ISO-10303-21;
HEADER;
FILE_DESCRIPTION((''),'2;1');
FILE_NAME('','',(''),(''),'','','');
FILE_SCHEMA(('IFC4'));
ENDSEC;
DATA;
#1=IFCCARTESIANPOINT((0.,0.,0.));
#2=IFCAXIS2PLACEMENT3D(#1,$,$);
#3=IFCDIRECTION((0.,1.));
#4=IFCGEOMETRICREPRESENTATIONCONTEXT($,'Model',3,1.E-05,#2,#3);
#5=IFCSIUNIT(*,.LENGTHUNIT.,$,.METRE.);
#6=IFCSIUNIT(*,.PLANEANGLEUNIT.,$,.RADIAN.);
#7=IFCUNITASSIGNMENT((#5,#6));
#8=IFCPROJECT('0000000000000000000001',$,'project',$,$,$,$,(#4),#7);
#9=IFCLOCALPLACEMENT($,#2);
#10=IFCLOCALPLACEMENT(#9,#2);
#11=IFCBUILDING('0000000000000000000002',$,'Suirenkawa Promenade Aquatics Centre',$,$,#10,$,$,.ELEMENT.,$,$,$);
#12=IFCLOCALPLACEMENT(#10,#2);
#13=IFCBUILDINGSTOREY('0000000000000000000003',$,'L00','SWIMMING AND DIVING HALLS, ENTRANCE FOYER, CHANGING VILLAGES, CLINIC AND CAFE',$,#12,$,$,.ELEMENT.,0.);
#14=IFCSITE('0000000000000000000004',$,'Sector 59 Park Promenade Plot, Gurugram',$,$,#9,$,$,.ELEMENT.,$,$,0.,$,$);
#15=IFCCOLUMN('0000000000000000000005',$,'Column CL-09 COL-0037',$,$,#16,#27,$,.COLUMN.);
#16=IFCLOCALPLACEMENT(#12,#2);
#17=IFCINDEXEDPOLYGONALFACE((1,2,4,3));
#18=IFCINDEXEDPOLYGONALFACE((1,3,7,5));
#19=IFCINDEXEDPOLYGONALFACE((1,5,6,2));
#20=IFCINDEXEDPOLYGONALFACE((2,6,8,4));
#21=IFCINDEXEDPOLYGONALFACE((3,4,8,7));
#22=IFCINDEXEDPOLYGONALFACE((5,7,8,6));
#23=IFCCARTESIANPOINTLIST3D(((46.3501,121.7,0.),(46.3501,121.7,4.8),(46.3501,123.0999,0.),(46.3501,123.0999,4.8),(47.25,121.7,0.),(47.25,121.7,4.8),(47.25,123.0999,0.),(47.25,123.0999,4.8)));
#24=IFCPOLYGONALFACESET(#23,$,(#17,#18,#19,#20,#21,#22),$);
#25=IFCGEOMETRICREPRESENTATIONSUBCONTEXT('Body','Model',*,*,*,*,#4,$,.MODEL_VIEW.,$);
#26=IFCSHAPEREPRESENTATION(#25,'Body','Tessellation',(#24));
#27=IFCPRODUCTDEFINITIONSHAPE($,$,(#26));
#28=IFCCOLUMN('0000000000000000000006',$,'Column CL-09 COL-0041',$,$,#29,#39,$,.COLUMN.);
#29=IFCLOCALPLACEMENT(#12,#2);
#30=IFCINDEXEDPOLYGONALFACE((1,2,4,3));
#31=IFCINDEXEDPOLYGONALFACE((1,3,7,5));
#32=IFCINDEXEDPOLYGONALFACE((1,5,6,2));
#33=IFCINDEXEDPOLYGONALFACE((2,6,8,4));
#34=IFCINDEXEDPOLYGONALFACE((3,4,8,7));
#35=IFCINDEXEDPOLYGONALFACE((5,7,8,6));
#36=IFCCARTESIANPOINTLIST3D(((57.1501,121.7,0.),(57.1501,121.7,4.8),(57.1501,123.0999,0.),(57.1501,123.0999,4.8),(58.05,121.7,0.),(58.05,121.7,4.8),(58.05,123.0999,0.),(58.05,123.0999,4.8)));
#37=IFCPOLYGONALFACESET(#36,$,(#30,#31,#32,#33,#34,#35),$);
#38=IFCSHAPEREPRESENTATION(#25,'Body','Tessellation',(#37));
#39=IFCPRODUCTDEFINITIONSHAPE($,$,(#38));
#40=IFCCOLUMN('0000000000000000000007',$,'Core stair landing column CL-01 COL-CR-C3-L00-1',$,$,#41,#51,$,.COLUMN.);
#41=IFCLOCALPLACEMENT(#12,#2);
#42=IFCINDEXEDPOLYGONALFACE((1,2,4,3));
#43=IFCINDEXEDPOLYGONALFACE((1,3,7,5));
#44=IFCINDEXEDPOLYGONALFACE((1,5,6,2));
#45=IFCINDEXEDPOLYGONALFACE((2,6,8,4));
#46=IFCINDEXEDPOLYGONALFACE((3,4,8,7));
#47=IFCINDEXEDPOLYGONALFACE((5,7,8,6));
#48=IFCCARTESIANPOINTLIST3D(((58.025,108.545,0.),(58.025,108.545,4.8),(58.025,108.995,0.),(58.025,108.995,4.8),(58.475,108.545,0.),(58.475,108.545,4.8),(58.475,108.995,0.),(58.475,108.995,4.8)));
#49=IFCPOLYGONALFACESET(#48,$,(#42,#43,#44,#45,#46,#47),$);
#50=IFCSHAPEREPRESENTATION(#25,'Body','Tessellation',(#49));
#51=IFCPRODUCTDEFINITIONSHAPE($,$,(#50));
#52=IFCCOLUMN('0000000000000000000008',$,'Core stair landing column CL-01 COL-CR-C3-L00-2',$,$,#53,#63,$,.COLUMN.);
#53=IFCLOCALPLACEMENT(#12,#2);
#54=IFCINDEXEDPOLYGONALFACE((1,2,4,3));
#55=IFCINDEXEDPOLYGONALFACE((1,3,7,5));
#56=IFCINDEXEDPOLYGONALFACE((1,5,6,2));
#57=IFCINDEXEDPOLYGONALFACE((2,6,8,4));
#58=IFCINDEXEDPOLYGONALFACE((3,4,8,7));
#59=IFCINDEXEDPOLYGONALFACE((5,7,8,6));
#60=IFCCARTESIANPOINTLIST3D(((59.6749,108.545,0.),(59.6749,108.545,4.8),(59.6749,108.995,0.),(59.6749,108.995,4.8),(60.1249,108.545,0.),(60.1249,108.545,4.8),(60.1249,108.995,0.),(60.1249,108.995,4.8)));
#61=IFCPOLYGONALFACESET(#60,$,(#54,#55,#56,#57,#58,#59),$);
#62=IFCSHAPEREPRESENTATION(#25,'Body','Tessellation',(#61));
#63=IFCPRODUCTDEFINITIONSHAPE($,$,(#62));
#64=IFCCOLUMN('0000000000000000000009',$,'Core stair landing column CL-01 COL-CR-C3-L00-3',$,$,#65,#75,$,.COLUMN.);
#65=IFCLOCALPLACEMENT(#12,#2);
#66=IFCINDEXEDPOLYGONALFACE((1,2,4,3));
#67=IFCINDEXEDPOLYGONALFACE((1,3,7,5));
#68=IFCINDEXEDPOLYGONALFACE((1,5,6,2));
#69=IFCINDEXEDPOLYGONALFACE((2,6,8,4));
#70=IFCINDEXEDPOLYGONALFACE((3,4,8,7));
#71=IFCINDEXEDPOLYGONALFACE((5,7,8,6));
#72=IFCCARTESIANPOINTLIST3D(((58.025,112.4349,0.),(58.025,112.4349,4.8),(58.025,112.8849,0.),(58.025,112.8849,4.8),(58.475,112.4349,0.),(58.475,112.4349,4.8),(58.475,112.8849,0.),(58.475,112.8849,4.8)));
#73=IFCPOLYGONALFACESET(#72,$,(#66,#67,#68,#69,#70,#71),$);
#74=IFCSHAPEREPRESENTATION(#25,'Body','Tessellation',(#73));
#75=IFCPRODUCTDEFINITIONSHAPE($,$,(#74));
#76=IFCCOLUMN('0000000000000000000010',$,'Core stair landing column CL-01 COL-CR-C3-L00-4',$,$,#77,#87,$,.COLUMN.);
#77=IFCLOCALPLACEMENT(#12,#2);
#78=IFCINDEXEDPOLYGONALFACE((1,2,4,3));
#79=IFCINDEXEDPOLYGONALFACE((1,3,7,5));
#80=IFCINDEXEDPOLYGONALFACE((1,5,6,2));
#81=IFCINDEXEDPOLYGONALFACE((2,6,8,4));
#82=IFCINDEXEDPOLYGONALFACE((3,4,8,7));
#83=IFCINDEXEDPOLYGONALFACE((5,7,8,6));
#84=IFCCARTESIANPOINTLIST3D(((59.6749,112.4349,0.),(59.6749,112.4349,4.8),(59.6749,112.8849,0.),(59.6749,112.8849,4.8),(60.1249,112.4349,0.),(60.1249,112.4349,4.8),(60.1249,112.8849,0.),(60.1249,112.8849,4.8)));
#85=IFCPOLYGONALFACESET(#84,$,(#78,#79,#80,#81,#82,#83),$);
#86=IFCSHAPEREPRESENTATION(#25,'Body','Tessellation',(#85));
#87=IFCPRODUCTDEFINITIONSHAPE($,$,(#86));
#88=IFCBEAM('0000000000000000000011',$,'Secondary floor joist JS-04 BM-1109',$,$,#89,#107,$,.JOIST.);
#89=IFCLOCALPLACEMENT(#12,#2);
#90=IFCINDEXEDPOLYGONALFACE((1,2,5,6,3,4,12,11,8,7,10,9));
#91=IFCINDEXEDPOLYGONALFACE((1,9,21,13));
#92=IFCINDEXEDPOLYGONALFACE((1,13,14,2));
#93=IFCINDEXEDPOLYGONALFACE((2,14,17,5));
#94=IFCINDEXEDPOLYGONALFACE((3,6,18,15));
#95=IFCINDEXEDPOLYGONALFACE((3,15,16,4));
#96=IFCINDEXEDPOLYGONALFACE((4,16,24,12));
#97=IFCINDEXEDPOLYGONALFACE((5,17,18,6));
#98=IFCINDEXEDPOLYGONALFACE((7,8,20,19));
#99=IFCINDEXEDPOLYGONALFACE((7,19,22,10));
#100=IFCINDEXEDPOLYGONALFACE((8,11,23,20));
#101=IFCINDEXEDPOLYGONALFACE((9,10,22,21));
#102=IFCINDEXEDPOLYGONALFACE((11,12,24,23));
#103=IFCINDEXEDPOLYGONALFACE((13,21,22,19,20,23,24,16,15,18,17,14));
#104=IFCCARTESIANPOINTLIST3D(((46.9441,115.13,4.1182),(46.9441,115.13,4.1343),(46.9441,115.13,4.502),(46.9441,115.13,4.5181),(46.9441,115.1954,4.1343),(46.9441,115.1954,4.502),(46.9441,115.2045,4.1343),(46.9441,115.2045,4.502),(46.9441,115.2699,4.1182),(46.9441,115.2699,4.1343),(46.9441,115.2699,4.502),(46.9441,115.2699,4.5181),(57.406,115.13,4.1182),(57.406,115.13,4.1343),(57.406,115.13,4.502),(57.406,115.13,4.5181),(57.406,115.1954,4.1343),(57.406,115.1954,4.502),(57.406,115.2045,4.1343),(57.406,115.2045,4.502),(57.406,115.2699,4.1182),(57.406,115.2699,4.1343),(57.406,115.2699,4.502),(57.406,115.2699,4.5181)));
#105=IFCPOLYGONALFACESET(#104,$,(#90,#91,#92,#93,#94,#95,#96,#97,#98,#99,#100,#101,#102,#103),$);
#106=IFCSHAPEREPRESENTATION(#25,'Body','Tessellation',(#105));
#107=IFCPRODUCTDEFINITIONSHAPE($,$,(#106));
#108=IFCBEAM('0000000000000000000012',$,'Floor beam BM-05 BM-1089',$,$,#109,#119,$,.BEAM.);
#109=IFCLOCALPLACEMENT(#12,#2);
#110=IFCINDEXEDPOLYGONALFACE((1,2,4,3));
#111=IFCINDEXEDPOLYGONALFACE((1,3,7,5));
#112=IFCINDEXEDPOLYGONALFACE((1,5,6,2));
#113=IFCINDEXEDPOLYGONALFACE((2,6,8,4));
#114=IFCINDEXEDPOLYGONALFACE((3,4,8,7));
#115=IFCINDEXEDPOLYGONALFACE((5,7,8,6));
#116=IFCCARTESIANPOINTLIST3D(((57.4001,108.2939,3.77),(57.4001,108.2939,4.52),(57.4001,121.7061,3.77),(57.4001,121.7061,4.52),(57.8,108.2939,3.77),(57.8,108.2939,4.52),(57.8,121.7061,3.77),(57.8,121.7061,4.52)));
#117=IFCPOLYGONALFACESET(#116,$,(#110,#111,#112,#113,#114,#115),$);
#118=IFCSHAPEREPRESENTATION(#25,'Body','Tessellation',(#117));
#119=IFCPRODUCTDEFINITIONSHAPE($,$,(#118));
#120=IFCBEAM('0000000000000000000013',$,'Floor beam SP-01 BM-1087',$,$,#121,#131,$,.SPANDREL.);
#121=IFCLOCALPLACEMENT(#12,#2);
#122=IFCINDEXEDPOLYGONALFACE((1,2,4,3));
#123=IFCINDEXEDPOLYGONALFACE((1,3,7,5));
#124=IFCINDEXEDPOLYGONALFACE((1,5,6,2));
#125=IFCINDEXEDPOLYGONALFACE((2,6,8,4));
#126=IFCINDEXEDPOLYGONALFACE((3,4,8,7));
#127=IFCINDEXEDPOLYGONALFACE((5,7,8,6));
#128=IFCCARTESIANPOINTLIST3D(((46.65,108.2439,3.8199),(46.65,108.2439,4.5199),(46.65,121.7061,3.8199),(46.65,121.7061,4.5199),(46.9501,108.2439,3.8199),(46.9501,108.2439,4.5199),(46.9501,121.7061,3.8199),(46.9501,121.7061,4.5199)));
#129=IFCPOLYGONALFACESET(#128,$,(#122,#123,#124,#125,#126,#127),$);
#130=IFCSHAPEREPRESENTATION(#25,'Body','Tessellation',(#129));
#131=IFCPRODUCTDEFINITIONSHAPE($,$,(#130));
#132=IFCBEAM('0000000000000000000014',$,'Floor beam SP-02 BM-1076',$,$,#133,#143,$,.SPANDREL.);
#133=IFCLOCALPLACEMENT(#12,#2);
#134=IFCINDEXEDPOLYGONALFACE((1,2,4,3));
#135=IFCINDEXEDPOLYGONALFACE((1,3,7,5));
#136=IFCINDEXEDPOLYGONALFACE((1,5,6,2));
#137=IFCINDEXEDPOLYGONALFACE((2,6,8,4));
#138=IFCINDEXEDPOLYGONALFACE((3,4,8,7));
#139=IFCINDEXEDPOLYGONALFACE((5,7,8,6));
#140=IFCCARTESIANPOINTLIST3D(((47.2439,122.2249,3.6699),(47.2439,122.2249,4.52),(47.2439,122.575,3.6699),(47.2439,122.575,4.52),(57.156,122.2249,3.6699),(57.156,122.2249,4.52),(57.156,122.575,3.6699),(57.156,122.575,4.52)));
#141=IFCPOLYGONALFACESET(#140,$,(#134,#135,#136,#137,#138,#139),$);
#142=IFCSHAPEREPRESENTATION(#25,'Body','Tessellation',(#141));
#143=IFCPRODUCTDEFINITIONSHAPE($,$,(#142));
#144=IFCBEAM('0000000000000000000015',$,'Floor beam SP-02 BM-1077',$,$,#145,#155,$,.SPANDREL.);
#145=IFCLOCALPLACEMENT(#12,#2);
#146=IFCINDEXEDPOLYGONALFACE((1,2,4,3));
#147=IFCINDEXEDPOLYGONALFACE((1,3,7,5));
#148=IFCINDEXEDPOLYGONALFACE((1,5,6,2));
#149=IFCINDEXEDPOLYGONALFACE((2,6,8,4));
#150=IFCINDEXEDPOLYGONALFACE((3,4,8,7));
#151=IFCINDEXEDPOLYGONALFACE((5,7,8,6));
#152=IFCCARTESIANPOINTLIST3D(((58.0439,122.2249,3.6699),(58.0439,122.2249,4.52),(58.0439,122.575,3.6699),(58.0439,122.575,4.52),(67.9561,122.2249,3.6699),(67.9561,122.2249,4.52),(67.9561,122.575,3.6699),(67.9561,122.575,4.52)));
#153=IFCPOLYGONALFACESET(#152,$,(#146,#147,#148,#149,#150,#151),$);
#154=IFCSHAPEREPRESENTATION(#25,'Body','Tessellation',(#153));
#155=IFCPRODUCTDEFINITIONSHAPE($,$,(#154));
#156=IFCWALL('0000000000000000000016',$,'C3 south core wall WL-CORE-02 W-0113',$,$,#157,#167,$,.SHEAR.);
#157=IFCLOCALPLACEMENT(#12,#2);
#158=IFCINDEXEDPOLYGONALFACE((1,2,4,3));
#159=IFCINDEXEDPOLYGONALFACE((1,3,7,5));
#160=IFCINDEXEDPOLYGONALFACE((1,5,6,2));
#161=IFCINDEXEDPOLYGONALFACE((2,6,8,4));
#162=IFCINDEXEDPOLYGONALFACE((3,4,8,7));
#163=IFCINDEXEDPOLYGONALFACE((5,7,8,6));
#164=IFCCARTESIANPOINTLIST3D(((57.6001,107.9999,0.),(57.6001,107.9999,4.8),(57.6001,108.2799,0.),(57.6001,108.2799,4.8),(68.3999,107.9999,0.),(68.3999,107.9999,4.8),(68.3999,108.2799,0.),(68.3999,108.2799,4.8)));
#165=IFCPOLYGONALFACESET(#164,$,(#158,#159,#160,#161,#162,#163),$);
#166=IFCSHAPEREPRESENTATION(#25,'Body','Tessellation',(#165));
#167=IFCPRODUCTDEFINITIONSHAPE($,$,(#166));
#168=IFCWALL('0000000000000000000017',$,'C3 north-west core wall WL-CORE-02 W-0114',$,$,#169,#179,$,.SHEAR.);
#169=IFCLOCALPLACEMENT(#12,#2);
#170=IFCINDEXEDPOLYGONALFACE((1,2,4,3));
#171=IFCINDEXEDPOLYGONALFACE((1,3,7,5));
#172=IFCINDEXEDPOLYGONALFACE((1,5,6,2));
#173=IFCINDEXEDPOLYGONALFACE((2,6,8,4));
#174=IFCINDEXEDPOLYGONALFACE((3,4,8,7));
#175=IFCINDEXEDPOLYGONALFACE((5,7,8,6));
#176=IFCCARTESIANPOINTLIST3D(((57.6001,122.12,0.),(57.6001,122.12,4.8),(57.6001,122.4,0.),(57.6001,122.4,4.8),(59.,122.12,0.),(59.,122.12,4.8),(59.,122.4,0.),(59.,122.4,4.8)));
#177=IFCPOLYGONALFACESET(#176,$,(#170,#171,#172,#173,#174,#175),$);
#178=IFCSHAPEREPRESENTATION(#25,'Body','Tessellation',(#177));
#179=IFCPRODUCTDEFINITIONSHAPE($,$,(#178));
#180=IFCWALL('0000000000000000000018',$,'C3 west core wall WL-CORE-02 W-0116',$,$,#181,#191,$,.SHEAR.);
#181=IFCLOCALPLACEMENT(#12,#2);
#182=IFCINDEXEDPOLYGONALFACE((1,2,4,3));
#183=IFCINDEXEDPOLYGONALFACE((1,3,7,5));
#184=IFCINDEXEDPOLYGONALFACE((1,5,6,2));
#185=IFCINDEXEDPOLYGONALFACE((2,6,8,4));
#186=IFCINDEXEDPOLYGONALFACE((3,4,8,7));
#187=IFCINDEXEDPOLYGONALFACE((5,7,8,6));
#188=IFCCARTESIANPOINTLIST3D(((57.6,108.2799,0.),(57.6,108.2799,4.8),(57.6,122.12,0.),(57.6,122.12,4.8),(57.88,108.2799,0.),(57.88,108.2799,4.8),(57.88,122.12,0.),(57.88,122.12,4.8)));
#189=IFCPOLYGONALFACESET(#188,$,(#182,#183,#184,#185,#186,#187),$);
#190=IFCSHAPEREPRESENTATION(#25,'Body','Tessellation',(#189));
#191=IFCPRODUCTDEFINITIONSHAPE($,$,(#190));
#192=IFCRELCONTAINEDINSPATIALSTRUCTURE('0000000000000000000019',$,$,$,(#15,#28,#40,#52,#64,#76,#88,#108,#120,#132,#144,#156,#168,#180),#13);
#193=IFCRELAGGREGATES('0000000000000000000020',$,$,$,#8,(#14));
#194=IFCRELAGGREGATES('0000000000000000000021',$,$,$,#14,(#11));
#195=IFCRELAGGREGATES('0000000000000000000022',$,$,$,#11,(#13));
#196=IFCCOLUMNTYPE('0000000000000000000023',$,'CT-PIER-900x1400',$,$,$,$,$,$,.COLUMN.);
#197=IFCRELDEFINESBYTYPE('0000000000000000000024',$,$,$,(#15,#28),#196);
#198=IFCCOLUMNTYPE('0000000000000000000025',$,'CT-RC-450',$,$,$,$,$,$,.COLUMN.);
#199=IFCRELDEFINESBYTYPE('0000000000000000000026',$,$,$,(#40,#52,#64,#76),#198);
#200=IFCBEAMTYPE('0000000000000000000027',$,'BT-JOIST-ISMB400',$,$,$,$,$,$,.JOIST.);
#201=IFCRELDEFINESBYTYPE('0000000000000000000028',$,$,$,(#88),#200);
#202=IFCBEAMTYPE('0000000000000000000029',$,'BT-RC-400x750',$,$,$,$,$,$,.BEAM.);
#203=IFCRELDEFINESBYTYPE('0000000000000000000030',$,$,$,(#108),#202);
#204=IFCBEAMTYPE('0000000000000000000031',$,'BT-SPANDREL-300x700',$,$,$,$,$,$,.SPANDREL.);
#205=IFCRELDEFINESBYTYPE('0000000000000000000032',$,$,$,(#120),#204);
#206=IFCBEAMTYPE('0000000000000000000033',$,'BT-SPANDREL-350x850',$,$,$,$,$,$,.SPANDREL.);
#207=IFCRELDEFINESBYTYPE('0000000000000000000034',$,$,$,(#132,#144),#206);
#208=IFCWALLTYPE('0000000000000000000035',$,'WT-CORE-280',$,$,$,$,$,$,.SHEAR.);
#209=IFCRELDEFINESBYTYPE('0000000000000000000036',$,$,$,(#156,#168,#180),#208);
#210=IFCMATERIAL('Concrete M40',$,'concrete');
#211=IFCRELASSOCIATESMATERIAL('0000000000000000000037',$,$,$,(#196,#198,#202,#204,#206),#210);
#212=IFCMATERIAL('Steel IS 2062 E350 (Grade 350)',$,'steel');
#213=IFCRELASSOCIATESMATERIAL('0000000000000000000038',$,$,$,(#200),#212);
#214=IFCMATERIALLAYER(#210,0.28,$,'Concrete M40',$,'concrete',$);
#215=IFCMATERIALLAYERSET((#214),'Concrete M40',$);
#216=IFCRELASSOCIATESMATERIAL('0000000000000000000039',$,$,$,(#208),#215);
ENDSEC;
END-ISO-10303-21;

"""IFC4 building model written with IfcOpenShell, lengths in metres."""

from ifc_helpers import new_model, si_unit, direction, frame, frame_2d, origin, origin_2d, place, context, subcontext, project, spatial, rectangle, i_section, extrude, material, layer, layer_set, material_profile, profile_set, type_object, element, save


model = new_model("IFC4")

# Units and contexts
model_context = context("Model", 3, precision=1e-05, world=origin(), true_north=direction((0.0, 1.0)))
body_context = subcontext(model_context, "Body", "Model", "MODEL_VIEW")
ifc_project = project(units=[si_unit("LENGTHUNIT", "METRE"), si_unit("PLANEANGLEUNIT", "RADIAN")], contexts=[model_context])

# Site, building, storey
site_placement = place(None, origin())
site = spatial("IfcSite", under=ifc_project, at=site_placement, Name="Sector 59 Park Promenade Plot, Gurugram", CompositionType="ELEMENT", RefElevation=0.0)
building_placement = place(site_placement, origin())
building = spatial("IfcBuilding", under=site, at=building_placement, Name="Suirenkawa Promenade Aquatics Centre", CompositionType="ELEMENT")
storey_placement = place(building_placement, origin())
storey = spatial("IfcBuildingStorey", under=building, at=storey_placement, Name="L00", Description="SWIMMING AND DIVING HALLS, ENTRANCE FOYER, CHANGING VILLAGES, CLINIC AND CAFE", CompositionType="ELEMENT", Elevation=0.0)

# Columns
ifc_material_1 = material(Name="Concrete M40", Category="concrete")
ifc_material_profile_1 = material_profile(ifc_material_1, rectangle(XDim=0.8999, YDim=1.3999, at=origin_2d()), Name="RC PIER 900x1400", Category="concrete")
ifc_profile_set_1 = profile_set([ifc_material_profile_1], Name="Concrete M40")
column_type_1 = type_object("IfcColumnType", Name="CT-PIER-900x1400", PredefinedType="COLUMN", material=ifc_profile_set_1)
for number, where, z_axis, x_axis, name in (
    (1, (46.8, 122.3999, 0.0), (0.0, 0.0, 1.0), (1.0, 0.0, 0.0), "Column CL-09 COL-0037"),
    (2, (57.6001, 122.3999, 0.0), (0.0, 0.0, 1.0), (1.0, 0.0, 0.0), "Column CL-09 COL-0041"),
):
    element("IfcColumn", number, at=place(storey_placement, frame(where, z_axis=z_axis, x_axis=x_axis)), inside=storey, type_object=column_type_1, Name=name, PredefinedType="COLUMN", context=body_context, shape_type="SweptSolid", body=[
        extrude(rectangle(XDim=0.8999, YDim=1.3999, at=origin_2d()), origin(), (0.0, 0.0, 1.0), 4.8),
    ])
ifc_material_profile_2 = material_profile(ifc_material_1, rectangle(XDim=0.45, YDim=0.45, at=origin_2d()), Name="RC COL 450x450", Category="concrete")
ifc_profile_set_2 = profile_set([ifc_material_profile_2], Name="Concrete M40")
column_type_2 = type_object("IfcColumnType", Name="CT-RC-450", PredefinedType="COLUMN", material=ifc_profile_set_2)
for number, where, z_axis, x_axis, name in (
    (3, (58.25, 108.77, 0.0), (0.0, 0.0, 1.0), (1.0, 0.0, 0.0), "Core stair landing column CL-01 COL-CR-C3-L00-1"),
    (4, (59.8999, 108.77, 0.0), (0.0, 0.0, 1.0), (1.0, 0.0, 0.0), "Core stair landing column CL-01 COL-CR-C3-L00-2"),
    (5, (58.25, 112.6599, 0.0), (0.0, 0.0, 1.0), (1.0, 0.0, 0.0), "Core stair landing column CL-01 COL-CR-C3-L00-3"),
    (6, (59.8999, 112.6599, 0.0), (0.0, 0.0, 1.0), (1.0, 0.0, 0.0), "Core stair landing column CL-01 COL-CR-C3-L00-4"),
):
    element("IfcColumn", number, at=place(storey_placement, frame(where, z_axis=z_axis, x_axis=x_axis)), inside=storey, type_object=column_type_2, Name=name, PredefinedType="COLUMN", context=body_context, shape_type="SweptSolid", body=[
        extrude(rectangle(XDim=0.45, YDim=0.45, at=origin_2d()), origin(), (0.0, 0.0, 1.0), 4.8),
    ])

# Beams
ifc_material_2 = material(Name="Steel IS 2062 E350 (Grade 350)", Category="steel")
ifc_material_profile_3 = material_profile(ifc_material_2, i_section(OverallWidth=0.1399, OverallDepth=0.3999, WebThickness=0.009, FlangeThickness=0.0161, at=origin_2d()), Name="ISMB 400", Category="steel")
ifc_profile_set_3 = profile_set([ifc_material_profile_3], Name="Steel IS 2062 E350 (Grade 350)")
beam_type_1 = type_object("IfcBeamType", Name="BT-JOIST-ISMB400", PredefinedType="JOIST", material=ifc_profile_set_3)
beam_1_placement = place(storey_placement, frame((46.9441, 115.2, 4.3181), z_axis=(1.0, 0.0, 0.0), x_axis=(0.0, 1.0, 0.0)))
element("IfcBeam", 7, at=beam_1_placement, inside=storey, type_object=beam_type_1, Name="Secondary floor joist JS-04 BM-1109", PredefinedType="JOIST", context=body_context, shape_type="SweptSolid", body=[
    extrude(i_section(OverallWidth=0.1399, OverallDepth=0.3999, WebThickness=0.009, FlangeThickness=0.0161, at=origin_2d()), origin(), (0.0, 0.0, 1.0), 10.4619),
])
ifc_material_profile_4 = material_profile(ifc_material_1, rectangle(XDim=0.3999, YDim=0.75, at=origin_2d()), Name="RC BM 400x750", Category="concrete")
ifc_profile_set_4 = profile_set([ifc_material_profile_4], Name="Concrete M40")
beam_type_2 = type_object("IfcBeamType", Name="BT-RC-400x750", PredefinedType="BEAM", material=ifc_profile_set_4)
beam_2_placement = place(storey_placement, frame((57.6001, 108.2939, 4.145), z_axis=(0.0, 1.0, 0.0), x_axis=(-1.0, 0.0, 0.0)))
element("IfcBeam", 8, at=beam_2_placement, inside=storey, type_object=beam_type_2, Name="Floor beam BM-05 BM-1089", PredefinedType="BEAM", context=body_context, shape_type="SweptSolid", body=[
    extrude(rectangle(XDim=0.3999, YDim=0.75, at=origin_2d()), origin(), (0.0, 0.0, 1.0), 13.4121),
])
ifc_material_profile_5 = material_profile(ifc_material_1, rectangle(XDim=0.3, YDim=0.7, at=origin_2d()), Name="RC SPANDREL 300x700", Category="concrete")
ifc_profile_set_5 = profile_set([ifc_material_profile_5], Name="Concrete M40")
beam_type_3 = type_object("IfcBeamType", Name="BT-SPANDREL-300x700", PredefinedType="SPANDREL", material=ifc_profile_set_5)
beam_3_placement = place(storey_placement, frame((46.8, 108.2439, 4.1699), z_axis=(0.0, 1.0, 0.0), x_axis=(-1.0, 0.0, 0.0)))
element("IfcBeam", 9, at=beam_3_placement, inside=storey, type_object=beam_type_3, Name="Floor beam SP-01 BM-1087", PredefinedType="SPANDREL", context=body_context, shape_type="SweptSolid", body=[
    extrude(rectangle(XDim=0.3, YDim=0.7, at=origin_2d()), origin(), (0.0, 0.0, 1.0), 13.4622),
])
ifc_material_profile_6 = material_profile(ifc_material_1, rectangle(XDim=0.3501, YDim=0.8501, at=origin_2d()), Name="RC SPANDREL 350x850", Category="concrete")
ifc_profile_set_6 = profile_set([ifc_material_profile_6], Name="Concrete M40")
beam_type_4 = type_object("IfcBeamType", Name="BT-SPANDREL-350x850", PredefinedType="SPANDREL", material=ifc_profile_set_6)
for number, where, z_axis, x_axis, name in (
    (10, (47.2439, 122.3999, 4.095), (1.0, 0.0, 0.0), (0.0, 1.0, 0.0), "Floor beam SP-02 BM-1076"),
    (11, (58.0439, 122.3999, 4.095), (1.0, 0.0, 0.0), (0.0, 1.0, 0.0), "Floor beam SP-02 BM-1077"),
):
    element("IfcBeam", number, at=place(storey_placement, frame(where, z_axis=z_axis, x_axis=x_axis)), inside=storey, type_object=beam_type_4, Name=name, PredefinedType="SPANDREL", context=body_context, shape_type="SweptSolid", body=[
        extrude(rectangle(XDim=0.3501, YDim=0.8501, at=origin_2d()), origin(), (0.0, 0.0, 1.0), 9.9121),
    ])

# Walls
ifc_layer_1 = layer(ifc_material_1, 0.28, Name="Concrete M40", Category="concrete")
ifc_layer_set_1 = layer_set([ifc_layer_1], Name="Concrete M40")
wall_type_1 = type_object("IfcWallType", Name="WT-CORE-280", PredefinedType="SHEAR", material=ifc_layer_set_1)
wall_1_placement = place(storey_placement, frame((57.6001, 108.1399, 0.0), z_axis=(0.0, 0.0, 1.0), x_axis=(1.0, 0.0, 0.0)))
element("IfcWall", 12, at=wall_1_placement, inside=storey, type_object=wall_type_1, Name="C3 south core wall WL-CORE-02 W-0113", PredefinedType="SHEAR", context=body_context, shape_type="SweptSolid", body=[
    extrude(rectangle(XDim=10.7998, YDim=0.28, at=frame_2d((5.3999, 0.0))), origin(), (0.0, 0.0, 1.0), 4.8),
])
wall_2_placement = place(storey_placement, frame((57.6001, 122.26, 0.0), z_axis=(0.0, 0.0, 1.0), x_axis=(1.0, 0.0, 0.0)))
element("IfcWall", 13, at=wall_2_placement, inside=storey, type_object=wall_type_1, Name="C3 north-west core wall WL-CORE-02 W-0114", PredefinedType="SHEAR", context=body_context, shape_type="SweptSolid", body=[
    extrude(rectangle(XDim=1.3999, YDim=0.28, at=frame_2d((0.7, 0.0))), origin(), (0.0, 0.0, 1.0), 4.8),
])
wall_3_placement = place(storey_placement, frame((57.74, 108.28, 0.0), z_axis=(0.0, 0.0, 1.0), x_axis=(0.0, 1.0, 0.0)))
element("IfcWall", 14, at=wall_3_placement, inside=storey, type_object=wall_type_1, Name="C3 west core wall WL-CORE-02 W-0116", PredefinedType="SHEAR", context=body_context, shape_type="SweptSolid", body=[
    extrude(rectangle(XDim=13.8401, YDim=0.28, at=frame_2d((6.9199, 0.0))), origin(), (0.0, 0.0, 1.0), 4.8),
])

save(model, "model.ifc")
